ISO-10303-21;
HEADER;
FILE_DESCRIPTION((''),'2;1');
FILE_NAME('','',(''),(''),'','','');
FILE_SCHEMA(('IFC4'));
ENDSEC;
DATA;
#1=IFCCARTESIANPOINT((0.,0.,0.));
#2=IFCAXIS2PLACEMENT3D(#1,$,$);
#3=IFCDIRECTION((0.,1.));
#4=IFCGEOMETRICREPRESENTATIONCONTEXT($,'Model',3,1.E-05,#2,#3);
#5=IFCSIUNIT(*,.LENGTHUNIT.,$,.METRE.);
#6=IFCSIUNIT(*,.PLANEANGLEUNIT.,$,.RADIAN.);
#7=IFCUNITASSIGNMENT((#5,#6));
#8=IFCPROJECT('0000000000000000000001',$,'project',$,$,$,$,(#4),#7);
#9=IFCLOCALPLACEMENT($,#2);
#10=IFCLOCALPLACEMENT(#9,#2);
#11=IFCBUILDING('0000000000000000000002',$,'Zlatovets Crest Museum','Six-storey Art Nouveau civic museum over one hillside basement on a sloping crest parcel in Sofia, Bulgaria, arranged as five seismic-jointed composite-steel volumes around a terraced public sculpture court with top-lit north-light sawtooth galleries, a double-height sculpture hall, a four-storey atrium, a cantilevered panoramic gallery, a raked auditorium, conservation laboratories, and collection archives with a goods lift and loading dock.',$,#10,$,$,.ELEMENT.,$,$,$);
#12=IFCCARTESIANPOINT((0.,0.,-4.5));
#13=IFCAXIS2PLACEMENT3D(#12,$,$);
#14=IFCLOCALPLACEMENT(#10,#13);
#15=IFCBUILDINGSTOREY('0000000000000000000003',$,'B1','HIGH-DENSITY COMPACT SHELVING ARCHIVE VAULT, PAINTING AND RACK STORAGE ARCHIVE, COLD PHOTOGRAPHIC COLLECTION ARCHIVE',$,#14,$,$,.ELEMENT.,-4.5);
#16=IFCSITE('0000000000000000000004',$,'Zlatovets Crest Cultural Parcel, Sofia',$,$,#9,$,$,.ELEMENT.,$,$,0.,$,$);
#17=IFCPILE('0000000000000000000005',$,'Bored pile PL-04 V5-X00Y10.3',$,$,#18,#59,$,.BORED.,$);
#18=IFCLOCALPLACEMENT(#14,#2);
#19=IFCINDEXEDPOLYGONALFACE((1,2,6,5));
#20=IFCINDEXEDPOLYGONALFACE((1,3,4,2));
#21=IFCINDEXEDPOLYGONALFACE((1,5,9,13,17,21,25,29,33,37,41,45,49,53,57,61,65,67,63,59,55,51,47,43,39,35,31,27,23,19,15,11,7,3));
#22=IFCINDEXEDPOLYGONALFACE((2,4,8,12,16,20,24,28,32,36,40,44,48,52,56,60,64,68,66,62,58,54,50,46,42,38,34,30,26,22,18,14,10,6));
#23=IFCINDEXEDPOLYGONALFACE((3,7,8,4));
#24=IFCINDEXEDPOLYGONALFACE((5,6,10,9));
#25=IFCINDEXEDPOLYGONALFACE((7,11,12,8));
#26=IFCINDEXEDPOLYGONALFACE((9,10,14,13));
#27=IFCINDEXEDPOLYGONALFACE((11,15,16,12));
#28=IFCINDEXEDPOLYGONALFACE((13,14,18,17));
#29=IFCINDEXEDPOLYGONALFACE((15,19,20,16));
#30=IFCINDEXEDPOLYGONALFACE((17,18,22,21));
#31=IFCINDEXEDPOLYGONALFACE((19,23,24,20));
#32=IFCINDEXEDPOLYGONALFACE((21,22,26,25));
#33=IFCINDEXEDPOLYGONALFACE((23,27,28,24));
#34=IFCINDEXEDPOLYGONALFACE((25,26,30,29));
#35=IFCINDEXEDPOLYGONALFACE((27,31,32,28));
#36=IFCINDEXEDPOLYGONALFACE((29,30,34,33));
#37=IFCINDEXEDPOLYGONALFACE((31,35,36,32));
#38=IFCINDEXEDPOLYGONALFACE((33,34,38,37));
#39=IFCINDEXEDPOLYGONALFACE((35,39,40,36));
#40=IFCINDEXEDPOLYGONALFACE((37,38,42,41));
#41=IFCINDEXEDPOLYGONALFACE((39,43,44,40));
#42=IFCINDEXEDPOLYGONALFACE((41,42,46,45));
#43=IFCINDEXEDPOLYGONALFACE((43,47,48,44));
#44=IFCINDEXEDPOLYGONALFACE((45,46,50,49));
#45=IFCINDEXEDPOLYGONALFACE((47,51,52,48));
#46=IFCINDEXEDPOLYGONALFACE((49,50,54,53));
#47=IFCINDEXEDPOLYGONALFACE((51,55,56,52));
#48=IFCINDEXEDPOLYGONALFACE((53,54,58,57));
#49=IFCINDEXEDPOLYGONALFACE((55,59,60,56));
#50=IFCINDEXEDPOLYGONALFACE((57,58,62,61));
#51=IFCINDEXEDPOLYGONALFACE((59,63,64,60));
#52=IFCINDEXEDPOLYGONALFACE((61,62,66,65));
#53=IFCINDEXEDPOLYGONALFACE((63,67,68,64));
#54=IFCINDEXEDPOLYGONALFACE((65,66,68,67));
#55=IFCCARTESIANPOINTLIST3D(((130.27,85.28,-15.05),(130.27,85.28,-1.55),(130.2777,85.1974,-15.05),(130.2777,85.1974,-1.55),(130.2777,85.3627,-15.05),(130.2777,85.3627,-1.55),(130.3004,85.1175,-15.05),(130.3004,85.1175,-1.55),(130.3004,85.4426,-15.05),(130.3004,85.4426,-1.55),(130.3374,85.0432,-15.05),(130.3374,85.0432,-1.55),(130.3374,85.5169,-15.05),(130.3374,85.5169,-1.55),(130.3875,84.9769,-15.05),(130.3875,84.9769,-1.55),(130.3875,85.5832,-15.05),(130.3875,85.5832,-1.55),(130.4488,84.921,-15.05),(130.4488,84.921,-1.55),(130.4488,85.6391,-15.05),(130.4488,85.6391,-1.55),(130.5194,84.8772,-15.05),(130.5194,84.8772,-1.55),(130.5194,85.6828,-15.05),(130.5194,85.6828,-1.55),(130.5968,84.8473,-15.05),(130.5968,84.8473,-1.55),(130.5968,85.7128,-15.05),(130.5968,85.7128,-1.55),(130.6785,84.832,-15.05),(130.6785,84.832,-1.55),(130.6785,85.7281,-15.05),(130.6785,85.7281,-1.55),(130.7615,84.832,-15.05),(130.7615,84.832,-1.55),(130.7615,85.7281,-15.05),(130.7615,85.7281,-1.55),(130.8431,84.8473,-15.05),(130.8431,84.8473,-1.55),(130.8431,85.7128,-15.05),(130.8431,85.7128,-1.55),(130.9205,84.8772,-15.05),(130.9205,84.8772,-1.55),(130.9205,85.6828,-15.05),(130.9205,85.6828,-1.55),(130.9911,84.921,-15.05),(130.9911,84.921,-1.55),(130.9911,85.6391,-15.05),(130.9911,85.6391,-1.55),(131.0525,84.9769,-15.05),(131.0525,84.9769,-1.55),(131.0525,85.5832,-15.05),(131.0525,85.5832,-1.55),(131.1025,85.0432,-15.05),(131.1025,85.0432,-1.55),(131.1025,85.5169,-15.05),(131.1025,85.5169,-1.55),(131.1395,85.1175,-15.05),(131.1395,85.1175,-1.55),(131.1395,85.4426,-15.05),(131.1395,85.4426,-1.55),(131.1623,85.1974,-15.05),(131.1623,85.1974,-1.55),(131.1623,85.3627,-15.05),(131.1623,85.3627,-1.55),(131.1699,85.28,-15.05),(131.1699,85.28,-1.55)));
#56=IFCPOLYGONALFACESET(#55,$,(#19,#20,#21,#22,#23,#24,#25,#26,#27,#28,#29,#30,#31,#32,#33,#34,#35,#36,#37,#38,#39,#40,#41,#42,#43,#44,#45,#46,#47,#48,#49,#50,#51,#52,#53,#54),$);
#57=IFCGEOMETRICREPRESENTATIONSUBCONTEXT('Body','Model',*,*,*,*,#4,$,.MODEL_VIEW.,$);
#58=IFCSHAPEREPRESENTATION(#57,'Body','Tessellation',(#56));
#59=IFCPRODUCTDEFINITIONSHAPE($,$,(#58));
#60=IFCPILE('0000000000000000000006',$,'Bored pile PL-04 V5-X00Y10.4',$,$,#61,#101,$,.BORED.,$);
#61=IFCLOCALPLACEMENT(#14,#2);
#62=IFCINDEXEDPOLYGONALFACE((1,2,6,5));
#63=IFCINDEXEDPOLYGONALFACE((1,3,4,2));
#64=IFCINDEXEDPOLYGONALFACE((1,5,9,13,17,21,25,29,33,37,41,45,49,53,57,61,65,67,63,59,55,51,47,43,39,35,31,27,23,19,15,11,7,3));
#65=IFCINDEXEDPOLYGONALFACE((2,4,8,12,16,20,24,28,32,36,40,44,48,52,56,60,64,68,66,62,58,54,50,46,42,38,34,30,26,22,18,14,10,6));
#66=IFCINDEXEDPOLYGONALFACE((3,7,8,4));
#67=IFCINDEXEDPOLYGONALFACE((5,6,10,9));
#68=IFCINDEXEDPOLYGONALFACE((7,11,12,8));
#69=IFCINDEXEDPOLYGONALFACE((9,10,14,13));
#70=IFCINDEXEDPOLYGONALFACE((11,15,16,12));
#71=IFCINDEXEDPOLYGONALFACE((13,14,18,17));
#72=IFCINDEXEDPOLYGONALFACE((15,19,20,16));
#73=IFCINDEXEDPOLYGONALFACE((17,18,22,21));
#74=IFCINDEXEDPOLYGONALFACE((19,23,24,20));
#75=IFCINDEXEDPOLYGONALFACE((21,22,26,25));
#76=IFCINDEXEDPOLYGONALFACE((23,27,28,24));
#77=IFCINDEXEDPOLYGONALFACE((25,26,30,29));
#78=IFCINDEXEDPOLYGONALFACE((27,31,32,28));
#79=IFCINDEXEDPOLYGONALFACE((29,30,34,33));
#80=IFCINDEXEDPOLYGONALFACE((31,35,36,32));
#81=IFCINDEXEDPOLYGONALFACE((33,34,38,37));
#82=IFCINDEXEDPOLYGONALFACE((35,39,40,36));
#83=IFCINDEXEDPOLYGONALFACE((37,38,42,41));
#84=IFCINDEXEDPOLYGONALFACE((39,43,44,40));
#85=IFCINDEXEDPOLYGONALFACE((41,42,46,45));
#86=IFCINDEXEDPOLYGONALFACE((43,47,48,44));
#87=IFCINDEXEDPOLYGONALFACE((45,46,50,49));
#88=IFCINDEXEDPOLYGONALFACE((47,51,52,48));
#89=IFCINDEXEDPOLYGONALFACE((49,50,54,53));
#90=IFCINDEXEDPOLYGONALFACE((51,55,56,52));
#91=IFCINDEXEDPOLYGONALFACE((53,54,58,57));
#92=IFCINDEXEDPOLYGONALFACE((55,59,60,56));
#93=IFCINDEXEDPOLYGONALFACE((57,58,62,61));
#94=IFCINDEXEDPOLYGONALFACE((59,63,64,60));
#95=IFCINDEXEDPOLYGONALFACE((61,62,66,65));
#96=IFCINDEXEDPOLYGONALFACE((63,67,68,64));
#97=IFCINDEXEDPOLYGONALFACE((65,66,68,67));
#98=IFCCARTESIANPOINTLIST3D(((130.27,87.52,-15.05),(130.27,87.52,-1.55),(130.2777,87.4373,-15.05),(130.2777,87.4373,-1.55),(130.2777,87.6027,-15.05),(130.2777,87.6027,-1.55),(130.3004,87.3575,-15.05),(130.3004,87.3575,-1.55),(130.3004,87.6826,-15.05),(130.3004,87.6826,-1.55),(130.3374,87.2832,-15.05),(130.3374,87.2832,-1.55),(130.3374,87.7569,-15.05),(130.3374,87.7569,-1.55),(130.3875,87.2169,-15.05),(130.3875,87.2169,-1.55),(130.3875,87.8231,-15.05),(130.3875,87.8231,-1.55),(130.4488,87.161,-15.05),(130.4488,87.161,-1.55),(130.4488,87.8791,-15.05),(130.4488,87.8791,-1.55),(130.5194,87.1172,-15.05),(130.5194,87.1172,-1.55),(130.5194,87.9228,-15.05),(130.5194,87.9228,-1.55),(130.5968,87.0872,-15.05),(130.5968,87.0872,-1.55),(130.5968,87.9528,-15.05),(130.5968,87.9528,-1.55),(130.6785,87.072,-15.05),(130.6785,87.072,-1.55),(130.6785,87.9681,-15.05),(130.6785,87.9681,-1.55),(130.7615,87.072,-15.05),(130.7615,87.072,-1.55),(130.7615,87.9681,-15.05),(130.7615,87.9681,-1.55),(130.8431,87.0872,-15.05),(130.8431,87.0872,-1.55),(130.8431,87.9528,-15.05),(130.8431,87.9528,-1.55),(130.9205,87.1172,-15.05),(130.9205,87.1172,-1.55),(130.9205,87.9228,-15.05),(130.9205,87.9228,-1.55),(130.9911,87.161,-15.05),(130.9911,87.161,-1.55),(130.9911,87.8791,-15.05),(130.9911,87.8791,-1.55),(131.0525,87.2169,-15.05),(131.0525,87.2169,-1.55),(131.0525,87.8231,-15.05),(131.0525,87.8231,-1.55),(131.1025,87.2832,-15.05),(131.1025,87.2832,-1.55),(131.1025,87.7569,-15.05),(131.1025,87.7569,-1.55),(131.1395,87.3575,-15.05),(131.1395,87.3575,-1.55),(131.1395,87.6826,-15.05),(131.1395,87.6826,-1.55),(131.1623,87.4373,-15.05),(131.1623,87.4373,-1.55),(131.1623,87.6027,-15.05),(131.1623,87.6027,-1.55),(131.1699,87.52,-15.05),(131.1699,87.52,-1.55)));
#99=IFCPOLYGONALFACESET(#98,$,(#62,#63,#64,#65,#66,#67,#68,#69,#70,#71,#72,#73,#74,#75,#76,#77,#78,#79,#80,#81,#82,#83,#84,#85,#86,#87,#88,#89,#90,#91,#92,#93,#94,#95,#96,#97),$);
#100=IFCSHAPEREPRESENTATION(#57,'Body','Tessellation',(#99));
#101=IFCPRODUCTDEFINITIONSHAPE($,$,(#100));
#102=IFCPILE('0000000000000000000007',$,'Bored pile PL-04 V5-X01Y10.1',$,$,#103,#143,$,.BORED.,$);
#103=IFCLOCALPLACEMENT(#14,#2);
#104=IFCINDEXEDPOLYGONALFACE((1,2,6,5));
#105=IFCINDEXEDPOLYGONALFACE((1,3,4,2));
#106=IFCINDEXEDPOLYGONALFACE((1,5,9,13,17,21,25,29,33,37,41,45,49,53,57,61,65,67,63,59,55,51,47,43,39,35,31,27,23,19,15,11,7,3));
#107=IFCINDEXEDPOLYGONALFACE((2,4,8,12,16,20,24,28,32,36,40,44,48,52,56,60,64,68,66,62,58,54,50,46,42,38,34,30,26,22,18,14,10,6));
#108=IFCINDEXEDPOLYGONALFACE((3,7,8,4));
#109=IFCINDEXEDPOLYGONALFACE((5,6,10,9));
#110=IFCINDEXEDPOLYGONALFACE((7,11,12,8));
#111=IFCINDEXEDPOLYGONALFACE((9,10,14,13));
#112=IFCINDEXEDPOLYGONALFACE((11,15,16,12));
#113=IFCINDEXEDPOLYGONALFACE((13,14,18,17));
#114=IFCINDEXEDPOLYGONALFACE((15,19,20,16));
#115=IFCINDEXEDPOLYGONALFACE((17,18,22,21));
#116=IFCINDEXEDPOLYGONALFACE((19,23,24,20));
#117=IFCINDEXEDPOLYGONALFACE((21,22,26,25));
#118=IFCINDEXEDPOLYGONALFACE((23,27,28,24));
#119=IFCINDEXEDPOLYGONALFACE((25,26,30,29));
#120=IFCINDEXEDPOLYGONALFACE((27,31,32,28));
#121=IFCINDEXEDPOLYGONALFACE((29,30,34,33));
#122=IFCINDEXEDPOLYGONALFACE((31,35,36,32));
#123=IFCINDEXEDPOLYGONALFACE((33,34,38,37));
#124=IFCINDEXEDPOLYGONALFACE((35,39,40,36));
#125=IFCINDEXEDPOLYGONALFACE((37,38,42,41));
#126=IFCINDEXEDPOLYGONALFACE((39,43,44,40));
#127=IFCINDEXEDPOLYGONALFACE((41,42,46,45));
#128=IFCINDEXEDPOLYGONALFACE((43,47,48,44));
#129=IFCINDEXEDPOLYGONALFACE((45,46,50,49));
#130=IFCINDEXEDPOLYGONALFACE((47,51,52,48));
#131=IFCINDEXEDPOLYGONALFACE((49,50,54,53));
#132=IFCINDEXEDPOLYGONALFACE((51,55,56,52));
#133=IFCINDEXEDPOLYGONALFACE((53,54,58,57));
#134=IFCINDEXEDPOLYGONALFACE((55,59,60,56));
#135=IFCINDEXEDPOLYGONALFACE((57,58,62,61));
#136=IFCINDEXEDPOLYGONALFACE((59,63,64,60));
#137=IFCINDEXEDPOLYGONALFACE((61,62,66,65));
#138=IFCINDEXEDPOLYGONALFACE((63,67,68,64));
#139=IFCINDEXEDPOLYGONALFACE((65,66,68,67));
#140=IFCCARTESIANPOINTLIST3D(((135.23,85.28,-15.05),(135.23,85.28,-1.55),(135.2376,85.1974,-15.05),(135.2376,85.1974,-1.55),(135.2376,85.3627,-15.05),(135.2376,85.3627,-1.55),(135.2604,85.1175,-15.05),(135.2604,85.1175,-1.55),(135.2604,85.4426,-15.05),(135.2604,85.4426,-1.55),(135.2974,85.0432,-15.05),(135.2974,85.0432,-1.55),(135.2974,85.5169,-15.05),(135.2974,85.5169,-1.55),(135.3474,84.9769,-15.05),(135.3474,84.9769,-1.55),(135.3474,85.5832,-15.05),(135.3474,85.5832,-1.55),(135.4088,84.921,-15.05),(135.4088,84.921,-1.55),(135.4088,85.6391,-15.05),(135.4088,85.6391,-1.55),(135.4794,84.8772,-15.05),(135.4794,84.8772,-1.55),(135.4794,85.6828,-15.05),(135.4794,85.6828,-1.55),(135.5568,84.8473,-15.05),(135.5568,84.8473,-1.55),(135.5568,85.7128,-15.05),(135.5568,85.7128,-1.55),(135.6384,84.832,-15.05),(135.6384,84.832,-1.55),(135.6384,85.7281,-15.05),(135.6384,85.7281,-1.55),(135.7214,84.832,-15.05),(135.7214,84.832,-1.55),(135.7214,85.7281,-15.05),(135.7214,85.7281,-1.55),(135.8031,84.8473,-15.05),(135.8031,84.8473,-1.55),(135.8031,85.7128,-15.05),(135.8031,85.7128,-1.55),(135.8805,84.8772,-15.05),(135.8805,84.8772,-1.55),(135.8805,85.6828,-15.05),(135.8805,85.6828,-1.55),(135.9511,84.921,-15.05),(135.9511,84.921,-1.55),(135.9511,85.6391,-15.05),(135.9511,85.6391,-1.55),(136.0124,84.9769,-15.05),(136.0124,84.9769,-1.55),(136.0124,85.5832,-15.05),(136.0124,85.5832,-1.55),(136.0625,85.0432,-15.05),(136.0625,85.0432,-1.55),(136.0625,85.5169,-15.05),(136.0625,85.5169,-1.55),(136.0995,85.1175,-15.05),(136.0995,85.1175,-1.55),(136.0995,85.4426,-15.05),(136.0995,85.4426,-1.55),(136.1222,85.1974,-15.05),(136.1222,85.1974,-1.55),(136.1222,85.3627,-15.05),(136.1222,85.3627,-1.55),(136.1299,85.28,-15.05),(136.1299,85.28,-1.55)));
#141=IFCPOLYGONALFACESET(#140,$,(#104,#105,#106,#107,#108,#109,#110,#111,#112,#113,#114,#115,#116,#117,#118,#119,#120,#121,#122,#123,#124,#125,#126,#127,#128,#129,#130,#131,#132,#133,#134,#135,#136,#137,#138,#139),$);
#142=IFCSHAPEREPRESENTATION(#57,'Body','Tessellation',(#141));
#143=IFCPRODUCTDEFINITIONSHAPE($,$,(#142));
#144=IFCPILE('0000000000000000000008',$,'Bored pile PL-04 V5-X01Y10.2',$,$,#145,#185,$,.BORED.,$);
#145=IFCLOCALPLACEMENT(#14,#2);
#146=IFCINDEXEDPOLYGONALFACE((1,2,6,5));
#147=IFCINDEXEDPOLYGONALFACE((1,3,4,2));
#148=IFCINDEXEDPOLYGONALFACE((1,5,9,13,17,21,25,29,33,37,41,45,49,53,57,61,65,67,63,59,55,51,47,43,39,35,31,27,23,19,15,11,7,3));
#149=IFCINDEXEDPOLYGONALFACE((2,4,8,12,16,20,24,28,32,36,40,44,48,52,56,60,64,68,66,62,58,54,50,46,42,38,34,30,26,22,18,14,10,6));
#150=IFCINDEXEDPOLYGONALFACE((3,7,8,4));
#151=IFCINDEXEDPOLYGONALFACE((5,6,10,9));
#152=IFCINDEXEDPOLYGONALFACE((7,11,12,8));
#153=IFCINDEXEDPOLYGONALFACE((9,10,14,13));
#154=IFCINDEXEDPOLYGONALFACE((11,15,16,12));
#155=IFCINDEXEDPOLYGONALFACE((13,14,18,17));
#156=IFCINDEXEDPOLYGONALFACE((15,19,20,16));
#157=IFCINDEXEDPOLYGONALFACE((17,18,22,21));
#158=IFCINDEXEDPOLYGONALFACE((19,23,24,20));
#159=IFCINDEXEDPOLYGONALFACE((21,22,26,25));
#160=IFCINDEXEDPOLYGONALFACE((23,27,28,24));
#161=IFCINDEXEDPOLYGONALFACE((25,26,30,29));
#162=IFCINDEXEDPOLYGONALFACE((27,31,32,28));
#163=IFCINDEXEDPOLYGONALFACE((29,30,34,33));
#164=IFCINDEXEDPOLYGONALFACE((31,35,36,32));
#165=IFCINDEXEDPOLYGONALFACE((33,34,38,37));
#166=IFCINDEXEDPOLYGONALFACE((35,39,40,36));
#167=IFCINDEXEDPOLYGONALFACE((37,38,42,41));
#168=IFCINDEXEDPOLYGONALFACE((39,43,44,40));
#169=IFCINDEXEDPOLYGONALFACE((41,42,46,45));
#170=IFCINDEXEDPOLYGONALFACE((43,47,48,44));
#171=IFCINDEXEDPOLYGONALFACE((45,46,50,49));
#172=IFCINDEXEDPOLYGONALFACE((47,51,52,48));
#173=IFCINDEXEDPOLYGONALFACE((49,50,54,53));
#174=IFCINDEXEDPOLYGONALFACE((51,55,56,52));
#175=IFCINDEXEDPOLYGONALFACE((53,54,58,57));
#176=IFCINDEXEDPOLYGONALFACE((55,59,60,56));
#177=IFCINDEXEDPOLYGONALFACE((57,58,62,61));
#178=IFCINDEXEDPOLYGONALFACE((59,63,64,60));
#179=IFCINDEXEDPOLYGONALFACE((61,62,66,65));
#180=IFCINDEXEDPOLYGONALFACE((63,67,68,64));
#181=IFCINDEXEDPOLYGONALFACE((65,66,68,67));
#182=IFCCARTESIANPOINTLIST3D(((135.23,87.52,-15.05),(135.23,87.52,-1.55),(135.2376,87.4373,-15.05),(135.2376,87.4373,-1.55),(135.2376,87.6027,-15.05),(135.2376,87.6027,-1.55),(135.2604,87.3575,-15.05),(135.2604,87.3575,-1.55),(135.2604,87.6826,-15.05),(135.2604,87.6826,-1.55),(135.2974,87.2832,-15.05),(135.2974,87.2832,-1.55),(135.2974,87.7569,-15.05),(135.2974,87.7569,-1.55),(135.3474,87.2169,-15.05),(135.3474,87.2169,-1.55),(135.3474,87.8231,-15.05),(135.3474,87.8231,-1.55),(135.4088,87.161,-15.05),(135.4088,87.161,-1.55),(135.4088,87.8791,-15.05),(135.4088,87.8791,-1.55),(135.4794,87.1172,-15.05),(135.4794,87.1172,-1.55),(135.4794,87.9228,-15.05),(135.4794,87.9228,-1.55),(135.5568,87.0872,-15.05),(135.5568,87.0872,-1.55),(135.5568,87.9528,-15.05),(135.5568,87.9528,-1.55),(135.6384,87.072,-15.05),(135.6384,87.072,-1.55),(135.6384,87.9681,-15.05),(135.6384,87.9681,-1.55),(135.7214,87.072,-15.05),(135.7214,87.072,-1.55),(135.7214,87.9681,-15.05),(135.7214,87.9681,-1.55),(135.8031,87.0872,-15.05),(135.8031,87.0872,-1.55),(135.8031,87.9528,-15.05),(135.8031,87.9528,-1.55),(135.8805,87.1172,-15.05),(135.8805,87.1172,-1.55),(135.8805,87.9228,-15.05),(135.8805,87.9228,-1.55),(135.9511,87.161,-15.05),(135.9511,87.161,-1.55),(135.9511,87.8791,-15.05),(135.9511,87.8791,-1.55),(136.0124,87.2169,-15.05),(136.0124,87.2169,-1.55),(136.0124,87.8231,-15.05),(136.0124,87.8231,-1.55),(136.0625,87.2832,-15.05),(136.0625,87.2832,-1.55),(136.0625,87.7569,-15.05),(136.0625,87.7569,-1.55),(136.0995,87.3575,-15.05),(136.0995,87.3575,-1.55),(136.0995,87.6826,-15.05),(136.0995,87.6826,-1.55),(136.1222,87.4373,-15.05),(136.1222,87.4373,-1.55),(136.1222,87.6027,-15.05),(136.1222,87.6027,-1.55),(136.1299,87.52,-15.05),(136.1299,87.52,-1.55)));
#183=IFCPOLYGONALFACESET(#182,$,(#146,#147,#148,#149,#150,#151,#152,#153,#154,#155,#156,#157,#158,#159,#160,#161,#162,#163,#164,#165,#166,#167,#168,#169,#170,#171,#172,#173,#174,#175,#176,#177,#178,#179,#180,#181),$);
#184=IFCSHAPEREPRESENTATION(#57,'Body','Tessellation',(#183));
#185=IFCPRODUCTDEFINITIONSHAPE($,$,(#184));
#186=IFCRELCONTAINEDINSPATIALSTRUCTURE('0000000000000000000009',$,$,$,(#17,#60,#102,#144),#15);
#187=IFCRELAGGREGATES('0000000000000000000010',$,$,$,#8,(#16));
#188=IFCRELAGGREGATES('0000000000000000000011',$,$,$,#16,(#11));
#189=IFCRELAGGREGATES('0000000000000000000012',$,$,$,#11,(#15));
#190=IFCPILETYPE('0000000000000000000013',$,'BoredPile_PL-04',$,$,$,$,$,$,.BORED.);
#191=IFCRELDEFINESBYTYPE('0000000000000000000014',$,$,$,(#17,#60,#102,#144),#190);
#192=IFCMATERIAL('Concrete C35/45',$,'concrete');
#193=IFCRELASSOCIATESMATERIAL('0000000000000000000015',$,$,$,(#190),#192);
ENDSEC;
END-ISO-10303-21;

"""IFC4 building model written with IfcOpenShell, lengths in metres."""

from ifc_helpers import new_model, si_unit, direction, frame, origin, origin_2d, place, context, subcontext, project, spatial, circle, extrude, material, material_profile, profile_set, type_object, element, save


model = new_model("IFC4")

# Units and contexts
model_context = context("Model", 3, precision=1e-05, world=origin(), true_north=direction((0.0, 1.0)))
body_context = subcontext(model_context, "Body", "Model", "MODEL_VIEW")
ifc_project = project(units=[si_unit("LENGTHUNIT", "METRE"), si_unit("PLANEANGLEUNIT", "RADIAN")], contexts=[model_context])

# Site, building, storey
site_placement = place(None, origin())
site = spatial("IfcSite", under=ifc_project, at=site_placement, Name="Zlatovets Crest Cultural Parcel, Sofia", CompositionType="ELEMENT", RefElevation=0.0)
building_placement = place(site_placement, origin())
building = spatial("IfcBuilding", under=site, at=building_placement, Name="Zlatovets Crest Museum", Description="Six-storey Art Nouveau civic museum over one hillside basement on a sloping crest parcel in Sofia, Bulgaria, arranged as five seismic-jointed composite-steel volumes around a terraced public sculpture court with top-lit north-light sawtooth galleries, a double-height sculpture hall, a four-storey atrium, a cantilevered panoramic gallery, a raked auditorium, conservation laboratories, and collection archives with a goods lift and loading dock.", CompositionType="ELEMENT")
storey_placement = place(building_placement, frame((0.0, 0.0, -4.5)))
storey = spatial("IfcBuildingStorey", under=building, at=storey_placement, Name="B1", Description="HIGH-DENSITY COMPACT SHELVING ARCHIVE VAULT, PAINTING AND RACK STORAGE ARCHIVE, COLD PHOTOGRAPHIC COLLECTION ARCHIVE", CompositionType="ELEMENT", Elevation=-4.5)

# Piles
ifc_material_1 = material(Name="Concrete C35/45", Category="concrete")
ifc_material_profile_1 = material_profile(ifc_material_1, circle(Radius=0.45, at=origin_2d()), Name="PILE D900")
ifc_profile_set_1 = profile_set([ifc_material_profile_1], Name="Concrete C35/45")
pile_type = type_object("IfcPileType", Name="BoredPile_PL-04", PredefinedType="BORED", material=ifc_profile_set_1)
for number, where, z_axis, x_axis, name in (
    (1, (130.72, 85.28, -1.55), (0.0, 0.0, -1.0), (1.0, 0.0, 0.0), "Bored pile PL-04 V5-X00Y10.3"),
    (2, (130.72, 87.52, -1.55), (0.0, 0.0, -1.0), (1.0, 0.0, 0.0), "Bored pile PL-04 V5-X00Y10.4"),
    (3, (135.6799, 85.28, -1.55), (0.0, 0.0, -1.0), (1.0, 0.0, 0.0), "Bored pile PL-04 V5-X01Y10.1"),
    (4, (135.6799, 87.52, -1.55), (0.0, 0.0, -1.0), (1.0, 0.0, 0.0), "Bored pile PL-04 V5-X01Y10.2"),
):
    element("IfcPile", number, at=place(storey_placement, frame(where, z_axis=z_axis, x_axis=x_axis)), inside=storey, type_object=pile_type, Name=name, PredefinedType="BORED", context=body_context, shape_type="SweptSolid", body=[
        extrude(circle(Radius=0.45, at=origin_2d()), origin(), (0.0, 0.0, 1.0), 13.5),
    ])

save(model, "model.ifc")
